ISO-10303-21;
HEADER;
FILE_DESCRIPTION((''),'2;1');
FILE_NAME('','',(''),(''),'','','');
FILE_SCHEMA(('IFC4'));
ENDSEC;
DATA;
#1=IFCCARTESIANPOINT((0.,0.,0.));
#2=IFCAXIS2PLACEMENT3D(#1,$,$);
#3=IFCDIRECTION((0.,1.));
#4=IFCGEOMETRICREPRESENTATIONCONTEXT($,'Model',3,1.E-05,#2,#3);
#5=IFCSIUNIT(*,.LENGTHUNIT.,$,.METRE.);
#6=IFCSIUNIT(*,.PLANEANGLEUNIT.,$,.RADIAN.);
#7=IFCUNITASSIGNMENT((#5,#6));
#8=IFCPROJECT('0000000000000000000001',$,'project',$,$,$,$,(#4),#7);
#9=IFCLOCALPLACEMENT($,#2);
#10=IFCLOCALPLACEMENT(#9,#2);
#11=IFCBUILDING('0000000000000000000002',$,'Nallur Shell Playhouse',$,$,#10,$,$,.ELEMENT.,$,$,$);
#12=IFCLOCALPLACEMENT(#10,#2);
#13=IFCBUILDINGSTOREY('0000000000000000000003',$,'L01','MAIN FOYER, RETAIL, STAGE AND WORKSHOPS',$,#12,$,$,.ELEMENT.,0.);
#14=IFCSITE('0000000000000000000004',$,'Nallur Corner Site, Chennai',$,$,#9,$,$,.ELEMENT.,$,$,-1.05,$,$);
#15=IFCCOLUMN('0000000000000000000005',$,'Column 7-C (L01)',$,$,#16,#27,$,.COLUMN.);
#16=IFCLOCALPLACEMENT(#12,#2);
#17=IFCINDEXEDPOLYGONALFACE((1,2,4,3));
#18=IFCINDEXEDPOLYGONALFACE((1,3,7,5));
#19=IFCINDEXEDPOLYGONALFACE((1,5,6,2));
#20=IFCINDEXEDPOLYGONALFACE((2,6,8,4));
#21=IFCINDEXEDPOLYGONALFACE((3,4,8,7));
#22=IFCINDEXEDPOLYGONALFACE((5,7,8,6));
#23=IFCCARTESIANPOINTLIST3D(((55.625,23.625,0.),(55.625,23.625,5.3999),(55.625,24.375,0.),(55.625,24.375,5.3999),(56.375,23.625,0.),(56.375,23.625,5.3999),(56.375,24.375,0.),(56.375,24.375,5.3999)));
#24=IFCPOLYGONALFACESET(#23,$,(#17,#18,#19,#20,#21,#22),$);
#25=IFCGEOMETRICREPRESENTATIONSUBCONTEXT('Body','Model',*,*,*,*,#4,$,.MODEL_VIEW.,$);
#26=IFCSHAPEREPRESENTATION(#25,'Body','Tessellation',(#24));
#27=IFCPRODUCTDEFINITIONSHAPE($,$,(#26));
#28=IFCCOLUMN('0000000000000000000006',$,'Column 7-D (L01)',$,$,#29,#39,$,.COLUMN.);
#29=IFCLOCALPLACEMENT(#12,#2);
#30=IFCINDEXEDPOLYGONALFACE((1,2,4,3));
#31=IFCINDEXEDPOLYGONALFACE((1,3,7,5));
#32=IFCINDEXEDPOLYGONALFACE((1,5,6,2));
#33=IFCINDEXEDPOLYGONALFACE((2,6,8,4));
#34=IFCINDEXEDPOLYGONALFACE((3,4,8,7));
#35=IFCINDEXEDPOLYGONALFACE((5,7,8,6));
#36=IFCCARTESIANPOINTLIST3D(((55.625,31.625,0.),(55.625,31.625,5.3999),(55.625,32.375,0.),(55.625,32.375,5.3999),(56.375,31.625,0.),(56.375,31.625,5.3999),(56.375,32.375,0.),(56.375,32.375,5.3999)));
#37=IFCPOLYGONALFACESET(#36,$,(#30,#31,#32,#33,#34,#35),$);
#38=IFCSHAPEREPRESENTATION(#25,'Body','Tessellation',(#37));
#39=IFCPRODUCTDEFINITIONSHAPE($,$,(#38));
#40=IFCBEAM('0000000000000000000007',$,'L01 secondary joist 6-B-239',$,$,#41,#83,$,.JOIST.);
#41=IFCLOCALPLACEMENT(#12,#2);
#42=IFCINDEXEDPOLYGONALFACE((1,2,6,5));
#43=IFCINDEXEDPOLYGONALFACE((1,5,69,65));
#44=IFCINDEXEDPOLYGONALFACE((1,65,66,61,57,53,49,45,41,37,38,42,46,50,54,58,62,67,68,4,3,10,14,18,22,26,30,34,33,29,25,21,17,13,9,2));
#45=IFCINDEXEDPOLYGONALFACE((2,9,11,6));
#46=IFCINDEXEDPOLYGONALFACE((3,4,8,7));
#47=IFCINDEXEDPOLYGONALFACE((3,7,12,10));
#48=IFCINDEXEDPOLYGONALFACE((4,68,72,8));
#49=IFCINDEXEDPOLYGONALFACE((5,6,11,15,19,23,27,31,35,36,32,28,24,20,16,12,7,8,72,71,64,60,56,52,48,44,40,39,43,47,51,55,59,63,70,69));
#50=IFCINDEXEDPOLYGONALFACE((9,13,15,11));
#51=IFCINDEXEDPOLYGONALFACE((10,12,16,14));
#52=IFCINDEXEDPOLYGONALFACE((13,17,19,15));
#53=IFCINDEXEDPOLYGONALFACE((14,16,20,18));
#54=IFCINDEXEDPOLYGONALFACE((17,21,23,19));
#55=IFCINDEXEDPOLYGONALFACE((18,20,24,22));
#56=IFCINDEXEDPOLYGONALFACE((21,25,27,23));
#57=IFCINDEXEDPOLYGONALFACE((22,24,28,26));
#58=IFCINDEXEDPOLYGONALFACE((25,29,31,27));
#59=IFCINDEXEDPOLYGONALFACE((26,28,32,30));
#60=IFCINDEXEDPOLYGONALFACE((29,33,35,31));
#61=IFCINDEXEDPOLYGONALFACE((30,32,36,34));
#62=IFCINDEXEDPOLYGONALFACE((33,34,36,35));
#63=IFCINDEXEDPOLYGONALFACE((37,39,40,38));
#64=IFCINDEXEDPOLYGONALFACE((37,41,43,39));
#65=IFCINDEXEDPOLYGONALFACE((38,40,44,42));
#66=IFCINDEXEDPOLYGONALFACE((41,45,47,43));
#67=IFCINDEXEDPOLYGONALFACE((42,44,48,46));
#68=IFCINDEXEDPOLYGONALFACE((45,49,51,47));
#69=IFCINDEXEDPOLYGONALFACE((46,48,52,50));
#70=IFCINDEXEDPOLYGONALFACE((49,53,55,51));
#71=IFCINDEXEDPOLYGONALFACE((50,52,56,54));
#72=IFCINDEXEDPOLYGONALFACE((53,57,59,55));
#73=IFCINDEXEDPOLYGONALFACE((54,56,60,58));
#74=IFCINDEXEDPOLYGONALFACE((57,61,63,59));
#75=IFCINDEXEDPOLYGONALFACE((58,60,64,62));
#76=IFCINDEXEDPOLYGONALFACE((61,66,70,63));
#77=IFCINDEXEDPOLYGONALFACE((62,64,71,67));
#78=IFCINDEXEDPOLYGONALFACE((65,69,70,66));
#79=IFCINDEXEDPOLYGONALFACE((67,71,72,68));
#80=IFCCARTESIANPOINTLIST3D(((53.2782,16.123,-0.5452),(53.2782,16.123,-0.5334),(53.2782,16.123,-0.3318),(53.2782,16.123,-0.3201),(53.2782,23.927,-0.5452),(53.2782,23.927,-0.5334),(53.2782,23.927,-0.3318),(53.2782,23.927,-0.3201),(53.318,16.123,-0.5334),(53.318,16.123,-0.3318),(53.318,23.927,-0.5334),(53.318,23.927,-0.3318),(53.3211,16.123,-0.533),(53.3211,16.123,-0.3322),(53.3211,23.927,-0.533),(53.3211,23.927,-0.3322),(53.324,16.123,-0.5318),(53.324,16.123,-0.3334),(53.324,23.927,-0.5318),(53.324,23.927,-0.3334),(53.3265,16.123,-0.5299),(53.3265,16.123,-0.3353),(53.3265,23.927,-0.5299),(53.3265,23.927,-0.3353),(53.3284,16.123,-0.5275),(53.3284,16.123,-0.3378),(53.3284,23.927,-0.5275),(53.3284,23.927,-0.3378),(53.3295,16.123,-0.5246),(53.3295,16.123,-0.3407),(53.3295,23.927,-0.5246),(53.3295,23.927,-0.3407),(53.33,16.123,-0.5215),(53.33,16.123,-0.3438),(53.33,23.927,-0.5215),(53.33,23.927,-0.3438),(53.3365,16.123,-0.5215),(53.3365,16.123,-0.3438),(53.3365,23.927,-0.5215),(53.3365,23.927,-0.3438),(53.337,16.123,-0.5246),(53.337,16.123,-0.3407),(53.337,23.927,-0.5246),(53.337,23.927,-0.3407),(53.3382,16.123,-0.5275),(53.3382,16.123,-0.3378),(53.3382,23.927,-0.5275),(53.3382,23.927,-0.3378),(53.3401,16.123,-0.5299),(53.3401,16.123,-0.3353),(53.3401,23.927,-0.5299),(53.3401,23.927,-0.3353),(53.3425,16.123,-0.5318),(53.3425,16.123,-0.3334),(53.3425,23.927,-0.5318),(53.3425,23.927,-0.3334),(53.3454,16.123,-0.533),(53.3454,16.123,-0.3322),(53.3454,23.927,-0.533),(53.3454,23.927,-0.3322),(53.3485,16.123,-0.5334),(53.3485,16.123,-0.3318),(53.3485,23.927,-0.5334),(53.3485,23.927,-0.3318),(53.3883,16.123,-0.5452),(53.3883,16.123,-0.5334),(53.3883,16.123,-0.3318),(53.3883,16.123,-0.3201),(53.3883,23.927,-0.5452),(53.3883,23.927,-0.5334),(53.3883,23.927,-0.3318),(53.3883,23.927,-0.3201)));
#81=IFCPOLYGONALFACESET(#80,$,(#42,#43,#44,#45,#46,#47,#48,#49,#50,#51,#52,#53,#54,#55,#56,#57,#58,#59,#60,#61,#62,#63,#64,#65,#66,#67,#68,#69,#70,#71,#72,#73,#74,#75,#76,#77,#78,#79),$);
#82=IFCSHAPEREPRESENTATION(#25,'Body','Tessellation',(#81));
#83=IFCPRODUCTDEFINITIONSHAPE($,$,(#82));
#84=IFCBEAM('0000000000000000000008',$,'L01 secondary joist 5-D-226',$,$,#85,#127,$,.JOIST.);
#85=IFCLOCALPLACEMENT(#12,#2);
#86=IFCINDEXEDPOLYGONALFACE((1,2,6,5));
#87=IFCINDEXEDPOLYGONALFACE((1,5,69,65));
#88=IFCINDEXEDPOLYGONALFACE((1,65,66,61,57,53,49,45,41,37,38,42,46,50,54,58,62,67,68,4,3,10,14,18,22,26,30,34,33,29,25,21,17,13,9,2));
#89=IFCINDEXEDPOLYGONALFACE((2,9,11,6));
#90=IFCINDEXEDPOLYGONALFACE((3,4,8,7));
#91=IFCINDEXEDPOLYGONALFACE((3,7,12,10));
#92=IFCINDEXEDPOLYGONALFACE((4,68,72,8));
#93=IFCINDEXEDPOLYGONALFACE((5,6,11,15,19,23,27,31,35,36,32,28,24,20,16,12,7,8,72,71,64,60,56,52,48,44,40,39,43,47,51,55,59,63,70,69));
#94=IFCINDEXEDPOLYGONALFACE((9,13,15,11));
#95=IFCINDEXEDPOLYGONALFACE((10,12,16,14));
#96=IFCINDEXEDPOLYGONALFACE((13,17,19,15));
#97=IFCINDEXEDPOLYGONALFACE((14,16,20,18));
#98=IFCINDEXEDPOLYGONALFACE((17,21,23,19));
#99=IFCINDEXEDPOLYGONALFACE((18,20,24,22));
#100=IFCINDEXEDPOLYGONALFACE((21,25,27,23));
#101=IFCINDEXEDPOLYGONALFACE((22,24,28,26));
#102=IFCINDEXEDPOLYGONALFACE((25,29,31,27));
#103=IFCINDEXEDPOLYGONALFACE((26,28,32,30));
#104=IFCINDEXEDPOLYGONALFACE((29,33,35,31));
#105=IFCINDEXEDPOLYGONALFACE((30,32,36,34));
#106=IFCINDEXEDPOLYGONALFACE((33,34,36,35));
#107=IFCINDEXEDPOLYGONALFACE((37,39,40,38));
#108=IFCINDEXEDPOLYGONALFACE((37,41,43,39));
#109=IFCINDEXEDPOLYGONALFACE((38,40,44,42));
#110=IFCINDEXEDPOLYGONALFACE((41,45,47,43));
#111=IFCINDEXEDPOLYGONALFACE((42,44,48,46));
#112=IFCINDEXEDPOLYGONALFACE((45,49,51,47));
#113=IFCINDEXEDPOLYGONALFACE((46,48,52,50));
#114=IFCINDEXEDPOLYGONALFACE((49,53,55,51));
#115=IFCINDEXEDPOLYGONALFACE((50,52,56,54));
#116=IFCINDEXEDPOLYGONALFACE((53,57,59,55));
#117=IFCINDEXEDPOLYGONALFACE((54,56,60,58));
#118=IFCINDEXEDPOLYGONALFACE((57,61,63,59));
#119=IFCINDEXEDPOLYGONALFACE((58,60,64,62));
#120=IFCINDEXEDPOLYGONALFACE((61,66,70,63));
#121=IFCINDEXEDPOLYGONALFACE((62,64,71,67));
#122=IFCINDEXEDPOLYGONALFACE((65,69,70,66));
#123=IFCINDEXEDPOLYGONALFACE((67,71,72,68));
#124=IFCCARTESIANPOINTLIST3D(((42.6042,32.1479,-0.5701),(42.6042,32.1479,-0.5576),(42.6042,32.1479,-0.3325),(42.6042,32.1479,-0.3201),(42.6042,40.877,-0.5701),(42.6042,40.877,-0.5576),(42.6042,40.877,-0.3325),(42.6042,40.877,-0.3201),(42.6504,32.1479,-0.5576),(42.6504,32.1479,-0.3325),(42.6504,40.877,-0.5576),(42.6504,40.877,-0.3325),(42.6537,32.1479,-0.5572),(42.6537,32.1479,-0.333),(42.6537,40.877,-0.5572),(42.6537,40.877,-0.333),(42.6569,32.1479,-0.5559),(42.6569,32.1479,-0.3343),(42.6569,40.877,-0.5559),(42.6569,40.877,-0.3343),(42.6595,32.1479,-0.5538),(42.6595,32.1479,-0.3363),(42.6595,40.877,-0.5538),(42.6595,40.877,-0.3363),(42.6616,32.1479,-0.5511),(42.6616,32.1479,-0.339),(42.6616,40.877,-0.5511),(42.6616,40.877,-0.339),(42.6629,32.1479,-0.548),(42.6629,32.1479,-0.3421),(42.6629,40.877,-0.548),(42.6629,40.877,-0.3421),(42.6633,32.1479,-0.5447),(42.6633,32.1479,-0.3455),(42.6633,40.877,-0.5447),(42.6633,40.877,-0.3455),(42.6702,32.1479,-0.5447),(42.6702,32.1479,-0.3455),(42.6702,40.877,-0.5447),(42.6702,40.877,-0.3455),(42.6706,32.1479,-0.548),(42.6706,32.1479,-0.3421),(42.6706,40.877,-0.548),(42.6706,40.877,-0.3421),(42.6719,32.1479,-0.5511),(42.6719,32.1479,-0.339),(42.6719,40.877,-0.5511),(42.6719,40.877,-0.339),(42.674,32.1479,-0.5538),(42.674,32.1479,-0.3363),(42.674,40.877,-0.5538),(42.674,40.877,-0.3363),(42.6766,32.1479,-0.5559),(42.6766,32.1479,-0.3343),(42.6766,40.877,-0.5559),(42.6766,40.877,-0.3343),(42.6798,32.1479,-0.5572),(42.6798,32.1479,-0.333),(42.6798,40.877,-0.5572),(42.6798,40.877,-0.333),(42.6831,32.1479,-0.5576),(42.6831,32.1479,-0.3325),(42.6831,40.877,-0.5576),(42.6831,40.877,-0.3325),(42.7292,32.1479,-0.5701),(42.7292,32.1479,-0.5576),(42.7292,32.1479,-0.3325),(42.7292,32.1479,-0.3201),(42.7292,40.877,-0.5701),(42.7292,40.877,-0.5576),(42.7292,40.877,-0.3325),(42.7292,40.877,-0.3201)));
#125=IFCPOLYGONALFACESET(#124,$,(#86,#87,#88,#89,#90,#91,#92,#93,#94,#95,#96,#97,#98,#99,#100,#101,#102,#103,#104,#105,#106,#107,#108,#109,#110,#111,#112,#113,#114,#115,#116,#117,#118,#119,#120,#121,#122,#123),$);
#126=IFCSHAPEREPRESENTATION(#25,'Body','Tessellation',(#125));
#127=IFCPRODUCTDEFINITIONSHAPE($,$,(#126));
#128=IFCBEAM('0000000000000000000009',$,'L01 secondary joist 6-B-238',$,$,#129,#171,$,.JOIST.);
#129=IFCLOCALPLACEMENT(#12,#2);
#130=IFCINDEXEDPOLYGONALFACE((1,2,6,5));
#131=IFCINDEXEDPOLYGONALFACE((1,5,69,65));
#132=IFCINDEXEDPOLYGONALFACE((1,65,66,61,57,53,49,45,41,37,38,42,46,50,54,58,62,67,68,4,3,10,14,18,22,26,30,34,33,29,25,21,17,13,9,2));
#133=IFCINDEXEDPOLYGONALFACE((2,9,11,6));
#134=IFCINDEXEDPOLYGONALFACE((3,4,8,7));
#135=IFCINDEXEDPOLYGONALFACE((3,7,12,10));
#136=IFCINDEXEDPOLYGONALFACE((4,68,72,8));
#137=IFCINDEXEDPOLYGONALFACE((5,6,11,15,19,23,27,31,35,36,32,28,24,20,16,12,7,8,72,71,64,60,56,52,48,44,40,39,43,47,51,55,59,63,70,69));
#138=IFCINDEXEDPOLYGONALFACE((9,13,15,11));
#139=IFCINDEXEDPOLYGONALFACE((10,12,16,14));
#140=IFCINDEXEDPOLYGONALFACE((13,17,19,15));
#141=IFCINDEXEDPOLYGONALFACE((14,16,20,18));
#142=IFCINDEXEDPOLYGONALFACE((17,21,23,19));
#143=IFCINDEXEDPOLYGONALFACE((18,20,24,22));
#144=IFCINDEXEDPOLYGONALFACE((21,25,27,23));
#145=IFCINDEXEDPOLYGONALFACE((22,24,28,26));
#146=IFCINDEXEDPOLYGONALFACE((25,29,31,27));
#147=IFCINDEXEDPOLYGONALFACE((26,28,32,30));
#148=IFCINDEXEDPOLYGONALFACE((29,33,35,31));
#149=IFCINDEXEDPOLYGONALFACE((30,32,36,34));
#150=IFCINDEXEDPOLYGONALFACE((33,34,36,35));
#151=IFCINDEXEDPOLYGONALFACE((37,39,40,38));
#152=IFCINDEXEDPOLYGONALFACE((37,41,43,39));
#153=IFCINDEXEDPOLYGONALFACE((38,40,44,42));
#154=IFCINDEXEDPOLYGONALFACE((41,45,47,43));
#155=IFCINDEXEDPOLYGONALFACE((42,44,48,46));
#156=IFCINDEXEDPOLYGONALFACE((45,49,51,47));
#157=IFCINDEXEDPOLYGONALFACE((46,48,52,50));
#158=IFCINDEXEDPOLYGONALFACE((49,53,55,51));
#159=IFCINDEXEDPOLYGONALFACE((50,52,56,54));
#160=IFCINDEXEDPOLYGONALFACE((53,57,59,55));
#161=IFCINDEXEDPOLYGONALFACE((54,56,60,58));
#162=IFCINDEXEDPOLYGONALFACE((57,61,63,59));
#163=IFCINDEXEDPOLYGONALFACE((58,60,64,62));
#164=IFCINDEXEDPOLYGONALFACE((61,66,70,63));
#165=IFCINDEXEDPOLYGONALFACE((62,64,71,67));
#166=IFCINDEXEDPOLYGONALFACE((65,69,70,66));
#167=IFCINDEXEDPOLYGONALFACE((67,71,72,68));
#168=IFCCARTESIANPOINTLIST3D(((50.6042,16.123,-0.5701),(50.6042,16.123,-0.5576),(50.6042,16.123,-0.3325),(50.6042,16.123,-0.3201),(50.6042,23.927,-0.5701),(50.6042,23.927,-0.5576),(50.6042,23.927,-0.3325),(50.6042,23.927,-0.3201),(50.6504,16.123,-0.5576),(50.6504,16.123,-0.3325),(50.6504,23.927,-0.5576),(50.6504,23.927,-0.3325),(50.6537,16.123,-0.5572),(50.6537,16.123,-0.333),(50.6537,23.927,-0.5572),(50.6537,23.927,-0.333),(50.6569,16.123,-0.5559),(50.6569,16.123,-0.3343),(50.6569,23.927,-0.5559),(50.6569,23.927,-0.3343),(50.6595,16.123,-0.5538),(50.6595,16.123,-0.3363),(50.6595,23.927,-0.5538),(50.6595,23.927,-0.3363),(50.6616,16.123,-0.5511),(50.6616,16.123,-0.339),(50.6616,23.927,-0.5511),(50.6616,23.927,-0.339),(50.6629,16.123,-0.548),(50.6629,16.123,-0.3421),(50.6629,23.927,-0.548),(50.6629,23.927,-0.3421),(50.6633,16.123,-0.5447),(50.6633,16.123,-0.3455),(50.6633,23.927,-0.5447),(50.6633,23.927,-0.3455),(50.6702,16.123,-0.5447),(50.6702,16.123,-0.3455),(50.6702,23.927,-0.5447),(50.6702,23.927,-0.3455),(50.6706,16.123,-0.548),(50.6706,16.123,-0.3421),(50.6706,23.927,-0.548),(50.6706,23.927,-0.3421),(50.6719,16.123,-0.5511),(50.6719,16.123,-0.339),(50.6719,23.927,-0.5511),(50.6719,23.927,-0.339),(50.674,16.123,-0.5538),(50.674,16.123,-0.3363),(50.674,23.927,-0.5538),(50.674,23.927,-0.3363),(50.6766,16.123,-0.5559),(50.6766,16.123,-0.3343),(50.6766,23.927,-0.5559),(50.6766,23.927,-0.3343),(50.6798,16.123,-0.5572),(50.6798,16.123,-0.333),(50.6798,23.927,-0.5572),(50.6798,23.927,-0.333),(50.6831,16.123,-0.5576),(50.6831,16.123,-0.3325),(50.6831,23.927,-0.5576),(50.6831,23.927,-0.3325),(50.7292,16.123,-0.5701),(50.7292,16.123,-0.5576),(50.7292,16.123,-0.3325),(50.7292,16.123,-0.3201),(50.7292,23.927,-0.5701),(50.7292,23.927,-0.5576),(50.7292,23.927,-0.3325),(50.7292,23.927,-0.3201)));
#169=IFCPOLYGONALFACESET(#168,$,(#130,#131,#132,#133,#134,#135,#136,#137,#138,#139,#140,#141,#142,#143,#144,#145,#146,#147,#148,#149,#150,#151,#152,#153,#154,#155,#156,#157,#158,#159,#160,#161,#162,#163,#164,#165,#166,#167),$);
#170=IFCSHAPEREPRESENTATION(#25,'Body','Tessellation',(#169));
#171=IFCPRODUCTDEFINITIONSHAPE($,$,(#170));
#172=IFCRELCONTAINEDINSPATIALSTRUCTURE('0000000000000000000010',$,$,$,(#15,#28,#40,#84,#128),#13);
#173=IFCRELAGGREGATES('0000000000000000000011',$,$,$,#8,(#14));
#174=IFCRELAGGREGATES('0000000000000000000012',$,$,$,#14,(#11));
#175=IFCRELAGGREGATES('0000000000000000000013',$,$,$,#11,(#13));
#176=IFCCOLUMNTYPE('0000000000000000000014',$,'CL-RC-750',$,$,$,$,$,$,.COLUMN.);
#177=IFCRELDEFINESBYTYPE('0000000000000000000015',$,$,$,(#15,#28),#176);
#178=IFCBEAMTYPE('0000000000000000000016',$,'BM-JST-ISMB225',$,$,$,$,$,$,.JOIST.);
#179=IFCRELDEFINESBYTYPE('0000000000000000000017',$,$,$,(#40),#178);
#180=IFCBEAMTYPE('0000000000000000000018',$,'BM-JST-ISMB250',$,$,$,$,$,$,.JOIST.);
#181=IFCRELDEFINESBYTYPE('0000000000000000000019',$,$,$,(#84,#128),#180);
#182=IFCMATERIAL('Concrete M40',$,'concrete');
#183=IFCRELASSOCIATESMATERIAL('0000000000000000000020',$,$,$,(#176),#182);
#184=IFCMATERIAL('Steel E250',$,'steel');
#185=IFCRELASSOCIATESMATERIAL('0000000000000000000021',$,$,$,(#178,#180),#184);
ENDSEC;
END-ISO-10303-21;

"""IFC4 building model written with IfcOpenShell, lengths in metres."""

from ifc_helpers import new_model, si_unit, direction, frame, origin, origin_2d, place, context, subcontext, project, spatial, rectangle, i_section, extrude, material, material_profile, profile_set, type_object, element, save


model = new_model("IFC4")

# Units and contexts
model_context = context("Model", 3, precision=1e-05, world=origin(), true_north=direction((0.0, 1.0)))
body_context = subcontext(model_context, "Body", "Model", "MODEL_VIEW")
ifc_project = project(units=[si_unit("LENGTHUNIT", "METRE"), si_unit("PLANEANGLEUNIT", "RADIAN")], contexts=[model_context])

# Site, building, storey
site_placement = place(None, origin())
site = spatial("IfcSite", under=ifc_project, at=site_placement, Name="Nallur Corner Site, Chennai", CompositionType="ELEMENT", RefElevation=-1.05)
building_placement = place(site_placement, origin())
building = spatial("IfcBuilding", under=site, at=building_placement, Name="Nallur Shell Playhouse", CompositionType="ELEMENT")
storey_placement = place(building_placement, origin())
storey = spatial("IfcBuildingStorey", under=building, at=storey_placement, Name="L01", Description="MAIN FOYER, RETAIL, STAGE AND WORKSHOPS", CompositionType="ELEMENT", Elevation=0.0)

# Columns
ifc_material_1 = material(Name="Concrete M40", Category="concrete")
ifc_material_profile_1 = material_profile(ifc_material_1, rectangle(XDim=0.75, YDim=0.75, at=origin_2d()), Name="RC 750x750")
ifc_profile_set_1 = profile_set([ifc_material_profile_1], Name="Concrete M40")
column_type = type_object("IfcColumnType", Name="CL-RC-750", PredefinedType="COLUMN", material=ifc_profile_set_1)
for number, where, z_axis, x_axis, name in (
    (1, (56.0, 24.0, 0.0), (0.0, 0.0, 1.0), (1.0, 0.0, 0.0), "Column 7-C (L01)"),
    (2, (56.0, 32.0, 0.0), (0.0, 0.0, 1.0), (1.0, 0.0, 0.0), "Column 7-D (L01)"),
):
    element("IfcColumn", number, at=place(storey_placement, frame(where, z_axis=z_axis, x_axis=x_axis)), inside=storey, type_object=column_type, Name=name, PredefinedType="COLUMN", context=body_context, shape_type="SweptSolid", body=[
        extrude(rectangle(XDim=0.75, YDim=0.75, at=origin_2d()), origin(), (0.0, 0.0, 1.0), 5.3999),
    ])

# Beams
ifc_material_2 = material(Name="Steel E250", Category="steel")
ifc_material_profile_2 = material_profile(ifc_material_2, i_section(OverallWidth=0.1101, OverallDepth=0.2251, WebThickness=0.0066, FlangeThickness=0.0117, FilletRadius=0.012, at=origin_2d()), Name="ISMB 225")
ifc_profile_set_2 = profile_set([ifc_material_profile_2], Name="Steel E250")
beam_type_1 = type_object("IfcBeamType", Name="BM-JST-ISMB225", PredefinedType="JOIST", material=ifc_profile_set_2)
beam_1_placement = place(storey_placement, frame((53.3333, 16.123, -0.4326), z_axis=(0.0, 1.0, 0.0), x_axis=(-1.0, 0.0, 0.0)))
element("IfcBeam", 3, at=beam_1_placement, inside=storey, type_object=beam_type_1, Name="L01 secondary joist 6-B-239", PredefinedType="JOIST", context=body_context, shape_type="SweptSolid", body=[
    extrude(i_section(OverallWidth=0.1101, OverallDepth=0.2251, WebThickness=0.0066, FlangeThickness=0.0117, FilletRadius=0.012, at=origin_2d()), origin(), (0.0, 0.0, 1.0), 7.804),
])
ifc_material_profile_3 = material_profile(ifc_material_2, i_section(OverallWidth=0.125, OverallDepth=0.25, WebThickness=0.0068, FlangeThickness=0.0125, FilletRadius=0.0129, at=origin_2d()), Name="ISMB 250")
ifc_profile_set_3 = profile_set([ifc_material_profile_3], Name="Steel E250")
beam_type_2 = type_object("IfcBeamType", Name="BM-JST-ISMB250", PredefinedType="JOIST", material=ifc_profile_set_3)
beam_2_placement = place(storey_placement, frame((42.6667, 32.1479, -0.4451), z_axis=(0.0, 1.0, 0.0), x_axis=(-1.0, 0.0, 0.0)))
element("IfcBeam", 4, at=beam_2_placement, inside=storey, type_object=beam_type_2, Name="L01 secondary joist 5-D-226", PredefinedType="JOIST", context=body_context, shape_type="SweptSolid", body=[
    extrude(i_section(OverallWidth=0.125, OverallDepth=0.25, WebThickness=0.0068, FlangeThickness=0.0125, FilletRadius=0.0129, at=origin_2d()), origin(), (0.0, 0.0, 1.0), 8.729),
])
beam_3_placement = place(storey_placement, frame((50.6667, 16.123, -0.4451), z_axis=(0.0, 1.0, 0.0), x_axis=(-1.0, 0.0, 0.0)))
element("IfcBeam", 5, at=beam_3_placement, inside=storey, type_object=beam_type_2, Name="L01 secondary joist 6-B-238", PredefinedType="JOIST", context=body_context, shape_type="SweptSolid", body=[
    extrude(i_section(OverallWidth=0.125, OverallDepth=0.25, WebThickness=0.0068, FlangeThickness=0.0125, FilletRadius=0.0129, at=origin_2d()), origin(), (0.0, 0.0, 1.0), 7.804),
])

save(model, "model.ifc")
